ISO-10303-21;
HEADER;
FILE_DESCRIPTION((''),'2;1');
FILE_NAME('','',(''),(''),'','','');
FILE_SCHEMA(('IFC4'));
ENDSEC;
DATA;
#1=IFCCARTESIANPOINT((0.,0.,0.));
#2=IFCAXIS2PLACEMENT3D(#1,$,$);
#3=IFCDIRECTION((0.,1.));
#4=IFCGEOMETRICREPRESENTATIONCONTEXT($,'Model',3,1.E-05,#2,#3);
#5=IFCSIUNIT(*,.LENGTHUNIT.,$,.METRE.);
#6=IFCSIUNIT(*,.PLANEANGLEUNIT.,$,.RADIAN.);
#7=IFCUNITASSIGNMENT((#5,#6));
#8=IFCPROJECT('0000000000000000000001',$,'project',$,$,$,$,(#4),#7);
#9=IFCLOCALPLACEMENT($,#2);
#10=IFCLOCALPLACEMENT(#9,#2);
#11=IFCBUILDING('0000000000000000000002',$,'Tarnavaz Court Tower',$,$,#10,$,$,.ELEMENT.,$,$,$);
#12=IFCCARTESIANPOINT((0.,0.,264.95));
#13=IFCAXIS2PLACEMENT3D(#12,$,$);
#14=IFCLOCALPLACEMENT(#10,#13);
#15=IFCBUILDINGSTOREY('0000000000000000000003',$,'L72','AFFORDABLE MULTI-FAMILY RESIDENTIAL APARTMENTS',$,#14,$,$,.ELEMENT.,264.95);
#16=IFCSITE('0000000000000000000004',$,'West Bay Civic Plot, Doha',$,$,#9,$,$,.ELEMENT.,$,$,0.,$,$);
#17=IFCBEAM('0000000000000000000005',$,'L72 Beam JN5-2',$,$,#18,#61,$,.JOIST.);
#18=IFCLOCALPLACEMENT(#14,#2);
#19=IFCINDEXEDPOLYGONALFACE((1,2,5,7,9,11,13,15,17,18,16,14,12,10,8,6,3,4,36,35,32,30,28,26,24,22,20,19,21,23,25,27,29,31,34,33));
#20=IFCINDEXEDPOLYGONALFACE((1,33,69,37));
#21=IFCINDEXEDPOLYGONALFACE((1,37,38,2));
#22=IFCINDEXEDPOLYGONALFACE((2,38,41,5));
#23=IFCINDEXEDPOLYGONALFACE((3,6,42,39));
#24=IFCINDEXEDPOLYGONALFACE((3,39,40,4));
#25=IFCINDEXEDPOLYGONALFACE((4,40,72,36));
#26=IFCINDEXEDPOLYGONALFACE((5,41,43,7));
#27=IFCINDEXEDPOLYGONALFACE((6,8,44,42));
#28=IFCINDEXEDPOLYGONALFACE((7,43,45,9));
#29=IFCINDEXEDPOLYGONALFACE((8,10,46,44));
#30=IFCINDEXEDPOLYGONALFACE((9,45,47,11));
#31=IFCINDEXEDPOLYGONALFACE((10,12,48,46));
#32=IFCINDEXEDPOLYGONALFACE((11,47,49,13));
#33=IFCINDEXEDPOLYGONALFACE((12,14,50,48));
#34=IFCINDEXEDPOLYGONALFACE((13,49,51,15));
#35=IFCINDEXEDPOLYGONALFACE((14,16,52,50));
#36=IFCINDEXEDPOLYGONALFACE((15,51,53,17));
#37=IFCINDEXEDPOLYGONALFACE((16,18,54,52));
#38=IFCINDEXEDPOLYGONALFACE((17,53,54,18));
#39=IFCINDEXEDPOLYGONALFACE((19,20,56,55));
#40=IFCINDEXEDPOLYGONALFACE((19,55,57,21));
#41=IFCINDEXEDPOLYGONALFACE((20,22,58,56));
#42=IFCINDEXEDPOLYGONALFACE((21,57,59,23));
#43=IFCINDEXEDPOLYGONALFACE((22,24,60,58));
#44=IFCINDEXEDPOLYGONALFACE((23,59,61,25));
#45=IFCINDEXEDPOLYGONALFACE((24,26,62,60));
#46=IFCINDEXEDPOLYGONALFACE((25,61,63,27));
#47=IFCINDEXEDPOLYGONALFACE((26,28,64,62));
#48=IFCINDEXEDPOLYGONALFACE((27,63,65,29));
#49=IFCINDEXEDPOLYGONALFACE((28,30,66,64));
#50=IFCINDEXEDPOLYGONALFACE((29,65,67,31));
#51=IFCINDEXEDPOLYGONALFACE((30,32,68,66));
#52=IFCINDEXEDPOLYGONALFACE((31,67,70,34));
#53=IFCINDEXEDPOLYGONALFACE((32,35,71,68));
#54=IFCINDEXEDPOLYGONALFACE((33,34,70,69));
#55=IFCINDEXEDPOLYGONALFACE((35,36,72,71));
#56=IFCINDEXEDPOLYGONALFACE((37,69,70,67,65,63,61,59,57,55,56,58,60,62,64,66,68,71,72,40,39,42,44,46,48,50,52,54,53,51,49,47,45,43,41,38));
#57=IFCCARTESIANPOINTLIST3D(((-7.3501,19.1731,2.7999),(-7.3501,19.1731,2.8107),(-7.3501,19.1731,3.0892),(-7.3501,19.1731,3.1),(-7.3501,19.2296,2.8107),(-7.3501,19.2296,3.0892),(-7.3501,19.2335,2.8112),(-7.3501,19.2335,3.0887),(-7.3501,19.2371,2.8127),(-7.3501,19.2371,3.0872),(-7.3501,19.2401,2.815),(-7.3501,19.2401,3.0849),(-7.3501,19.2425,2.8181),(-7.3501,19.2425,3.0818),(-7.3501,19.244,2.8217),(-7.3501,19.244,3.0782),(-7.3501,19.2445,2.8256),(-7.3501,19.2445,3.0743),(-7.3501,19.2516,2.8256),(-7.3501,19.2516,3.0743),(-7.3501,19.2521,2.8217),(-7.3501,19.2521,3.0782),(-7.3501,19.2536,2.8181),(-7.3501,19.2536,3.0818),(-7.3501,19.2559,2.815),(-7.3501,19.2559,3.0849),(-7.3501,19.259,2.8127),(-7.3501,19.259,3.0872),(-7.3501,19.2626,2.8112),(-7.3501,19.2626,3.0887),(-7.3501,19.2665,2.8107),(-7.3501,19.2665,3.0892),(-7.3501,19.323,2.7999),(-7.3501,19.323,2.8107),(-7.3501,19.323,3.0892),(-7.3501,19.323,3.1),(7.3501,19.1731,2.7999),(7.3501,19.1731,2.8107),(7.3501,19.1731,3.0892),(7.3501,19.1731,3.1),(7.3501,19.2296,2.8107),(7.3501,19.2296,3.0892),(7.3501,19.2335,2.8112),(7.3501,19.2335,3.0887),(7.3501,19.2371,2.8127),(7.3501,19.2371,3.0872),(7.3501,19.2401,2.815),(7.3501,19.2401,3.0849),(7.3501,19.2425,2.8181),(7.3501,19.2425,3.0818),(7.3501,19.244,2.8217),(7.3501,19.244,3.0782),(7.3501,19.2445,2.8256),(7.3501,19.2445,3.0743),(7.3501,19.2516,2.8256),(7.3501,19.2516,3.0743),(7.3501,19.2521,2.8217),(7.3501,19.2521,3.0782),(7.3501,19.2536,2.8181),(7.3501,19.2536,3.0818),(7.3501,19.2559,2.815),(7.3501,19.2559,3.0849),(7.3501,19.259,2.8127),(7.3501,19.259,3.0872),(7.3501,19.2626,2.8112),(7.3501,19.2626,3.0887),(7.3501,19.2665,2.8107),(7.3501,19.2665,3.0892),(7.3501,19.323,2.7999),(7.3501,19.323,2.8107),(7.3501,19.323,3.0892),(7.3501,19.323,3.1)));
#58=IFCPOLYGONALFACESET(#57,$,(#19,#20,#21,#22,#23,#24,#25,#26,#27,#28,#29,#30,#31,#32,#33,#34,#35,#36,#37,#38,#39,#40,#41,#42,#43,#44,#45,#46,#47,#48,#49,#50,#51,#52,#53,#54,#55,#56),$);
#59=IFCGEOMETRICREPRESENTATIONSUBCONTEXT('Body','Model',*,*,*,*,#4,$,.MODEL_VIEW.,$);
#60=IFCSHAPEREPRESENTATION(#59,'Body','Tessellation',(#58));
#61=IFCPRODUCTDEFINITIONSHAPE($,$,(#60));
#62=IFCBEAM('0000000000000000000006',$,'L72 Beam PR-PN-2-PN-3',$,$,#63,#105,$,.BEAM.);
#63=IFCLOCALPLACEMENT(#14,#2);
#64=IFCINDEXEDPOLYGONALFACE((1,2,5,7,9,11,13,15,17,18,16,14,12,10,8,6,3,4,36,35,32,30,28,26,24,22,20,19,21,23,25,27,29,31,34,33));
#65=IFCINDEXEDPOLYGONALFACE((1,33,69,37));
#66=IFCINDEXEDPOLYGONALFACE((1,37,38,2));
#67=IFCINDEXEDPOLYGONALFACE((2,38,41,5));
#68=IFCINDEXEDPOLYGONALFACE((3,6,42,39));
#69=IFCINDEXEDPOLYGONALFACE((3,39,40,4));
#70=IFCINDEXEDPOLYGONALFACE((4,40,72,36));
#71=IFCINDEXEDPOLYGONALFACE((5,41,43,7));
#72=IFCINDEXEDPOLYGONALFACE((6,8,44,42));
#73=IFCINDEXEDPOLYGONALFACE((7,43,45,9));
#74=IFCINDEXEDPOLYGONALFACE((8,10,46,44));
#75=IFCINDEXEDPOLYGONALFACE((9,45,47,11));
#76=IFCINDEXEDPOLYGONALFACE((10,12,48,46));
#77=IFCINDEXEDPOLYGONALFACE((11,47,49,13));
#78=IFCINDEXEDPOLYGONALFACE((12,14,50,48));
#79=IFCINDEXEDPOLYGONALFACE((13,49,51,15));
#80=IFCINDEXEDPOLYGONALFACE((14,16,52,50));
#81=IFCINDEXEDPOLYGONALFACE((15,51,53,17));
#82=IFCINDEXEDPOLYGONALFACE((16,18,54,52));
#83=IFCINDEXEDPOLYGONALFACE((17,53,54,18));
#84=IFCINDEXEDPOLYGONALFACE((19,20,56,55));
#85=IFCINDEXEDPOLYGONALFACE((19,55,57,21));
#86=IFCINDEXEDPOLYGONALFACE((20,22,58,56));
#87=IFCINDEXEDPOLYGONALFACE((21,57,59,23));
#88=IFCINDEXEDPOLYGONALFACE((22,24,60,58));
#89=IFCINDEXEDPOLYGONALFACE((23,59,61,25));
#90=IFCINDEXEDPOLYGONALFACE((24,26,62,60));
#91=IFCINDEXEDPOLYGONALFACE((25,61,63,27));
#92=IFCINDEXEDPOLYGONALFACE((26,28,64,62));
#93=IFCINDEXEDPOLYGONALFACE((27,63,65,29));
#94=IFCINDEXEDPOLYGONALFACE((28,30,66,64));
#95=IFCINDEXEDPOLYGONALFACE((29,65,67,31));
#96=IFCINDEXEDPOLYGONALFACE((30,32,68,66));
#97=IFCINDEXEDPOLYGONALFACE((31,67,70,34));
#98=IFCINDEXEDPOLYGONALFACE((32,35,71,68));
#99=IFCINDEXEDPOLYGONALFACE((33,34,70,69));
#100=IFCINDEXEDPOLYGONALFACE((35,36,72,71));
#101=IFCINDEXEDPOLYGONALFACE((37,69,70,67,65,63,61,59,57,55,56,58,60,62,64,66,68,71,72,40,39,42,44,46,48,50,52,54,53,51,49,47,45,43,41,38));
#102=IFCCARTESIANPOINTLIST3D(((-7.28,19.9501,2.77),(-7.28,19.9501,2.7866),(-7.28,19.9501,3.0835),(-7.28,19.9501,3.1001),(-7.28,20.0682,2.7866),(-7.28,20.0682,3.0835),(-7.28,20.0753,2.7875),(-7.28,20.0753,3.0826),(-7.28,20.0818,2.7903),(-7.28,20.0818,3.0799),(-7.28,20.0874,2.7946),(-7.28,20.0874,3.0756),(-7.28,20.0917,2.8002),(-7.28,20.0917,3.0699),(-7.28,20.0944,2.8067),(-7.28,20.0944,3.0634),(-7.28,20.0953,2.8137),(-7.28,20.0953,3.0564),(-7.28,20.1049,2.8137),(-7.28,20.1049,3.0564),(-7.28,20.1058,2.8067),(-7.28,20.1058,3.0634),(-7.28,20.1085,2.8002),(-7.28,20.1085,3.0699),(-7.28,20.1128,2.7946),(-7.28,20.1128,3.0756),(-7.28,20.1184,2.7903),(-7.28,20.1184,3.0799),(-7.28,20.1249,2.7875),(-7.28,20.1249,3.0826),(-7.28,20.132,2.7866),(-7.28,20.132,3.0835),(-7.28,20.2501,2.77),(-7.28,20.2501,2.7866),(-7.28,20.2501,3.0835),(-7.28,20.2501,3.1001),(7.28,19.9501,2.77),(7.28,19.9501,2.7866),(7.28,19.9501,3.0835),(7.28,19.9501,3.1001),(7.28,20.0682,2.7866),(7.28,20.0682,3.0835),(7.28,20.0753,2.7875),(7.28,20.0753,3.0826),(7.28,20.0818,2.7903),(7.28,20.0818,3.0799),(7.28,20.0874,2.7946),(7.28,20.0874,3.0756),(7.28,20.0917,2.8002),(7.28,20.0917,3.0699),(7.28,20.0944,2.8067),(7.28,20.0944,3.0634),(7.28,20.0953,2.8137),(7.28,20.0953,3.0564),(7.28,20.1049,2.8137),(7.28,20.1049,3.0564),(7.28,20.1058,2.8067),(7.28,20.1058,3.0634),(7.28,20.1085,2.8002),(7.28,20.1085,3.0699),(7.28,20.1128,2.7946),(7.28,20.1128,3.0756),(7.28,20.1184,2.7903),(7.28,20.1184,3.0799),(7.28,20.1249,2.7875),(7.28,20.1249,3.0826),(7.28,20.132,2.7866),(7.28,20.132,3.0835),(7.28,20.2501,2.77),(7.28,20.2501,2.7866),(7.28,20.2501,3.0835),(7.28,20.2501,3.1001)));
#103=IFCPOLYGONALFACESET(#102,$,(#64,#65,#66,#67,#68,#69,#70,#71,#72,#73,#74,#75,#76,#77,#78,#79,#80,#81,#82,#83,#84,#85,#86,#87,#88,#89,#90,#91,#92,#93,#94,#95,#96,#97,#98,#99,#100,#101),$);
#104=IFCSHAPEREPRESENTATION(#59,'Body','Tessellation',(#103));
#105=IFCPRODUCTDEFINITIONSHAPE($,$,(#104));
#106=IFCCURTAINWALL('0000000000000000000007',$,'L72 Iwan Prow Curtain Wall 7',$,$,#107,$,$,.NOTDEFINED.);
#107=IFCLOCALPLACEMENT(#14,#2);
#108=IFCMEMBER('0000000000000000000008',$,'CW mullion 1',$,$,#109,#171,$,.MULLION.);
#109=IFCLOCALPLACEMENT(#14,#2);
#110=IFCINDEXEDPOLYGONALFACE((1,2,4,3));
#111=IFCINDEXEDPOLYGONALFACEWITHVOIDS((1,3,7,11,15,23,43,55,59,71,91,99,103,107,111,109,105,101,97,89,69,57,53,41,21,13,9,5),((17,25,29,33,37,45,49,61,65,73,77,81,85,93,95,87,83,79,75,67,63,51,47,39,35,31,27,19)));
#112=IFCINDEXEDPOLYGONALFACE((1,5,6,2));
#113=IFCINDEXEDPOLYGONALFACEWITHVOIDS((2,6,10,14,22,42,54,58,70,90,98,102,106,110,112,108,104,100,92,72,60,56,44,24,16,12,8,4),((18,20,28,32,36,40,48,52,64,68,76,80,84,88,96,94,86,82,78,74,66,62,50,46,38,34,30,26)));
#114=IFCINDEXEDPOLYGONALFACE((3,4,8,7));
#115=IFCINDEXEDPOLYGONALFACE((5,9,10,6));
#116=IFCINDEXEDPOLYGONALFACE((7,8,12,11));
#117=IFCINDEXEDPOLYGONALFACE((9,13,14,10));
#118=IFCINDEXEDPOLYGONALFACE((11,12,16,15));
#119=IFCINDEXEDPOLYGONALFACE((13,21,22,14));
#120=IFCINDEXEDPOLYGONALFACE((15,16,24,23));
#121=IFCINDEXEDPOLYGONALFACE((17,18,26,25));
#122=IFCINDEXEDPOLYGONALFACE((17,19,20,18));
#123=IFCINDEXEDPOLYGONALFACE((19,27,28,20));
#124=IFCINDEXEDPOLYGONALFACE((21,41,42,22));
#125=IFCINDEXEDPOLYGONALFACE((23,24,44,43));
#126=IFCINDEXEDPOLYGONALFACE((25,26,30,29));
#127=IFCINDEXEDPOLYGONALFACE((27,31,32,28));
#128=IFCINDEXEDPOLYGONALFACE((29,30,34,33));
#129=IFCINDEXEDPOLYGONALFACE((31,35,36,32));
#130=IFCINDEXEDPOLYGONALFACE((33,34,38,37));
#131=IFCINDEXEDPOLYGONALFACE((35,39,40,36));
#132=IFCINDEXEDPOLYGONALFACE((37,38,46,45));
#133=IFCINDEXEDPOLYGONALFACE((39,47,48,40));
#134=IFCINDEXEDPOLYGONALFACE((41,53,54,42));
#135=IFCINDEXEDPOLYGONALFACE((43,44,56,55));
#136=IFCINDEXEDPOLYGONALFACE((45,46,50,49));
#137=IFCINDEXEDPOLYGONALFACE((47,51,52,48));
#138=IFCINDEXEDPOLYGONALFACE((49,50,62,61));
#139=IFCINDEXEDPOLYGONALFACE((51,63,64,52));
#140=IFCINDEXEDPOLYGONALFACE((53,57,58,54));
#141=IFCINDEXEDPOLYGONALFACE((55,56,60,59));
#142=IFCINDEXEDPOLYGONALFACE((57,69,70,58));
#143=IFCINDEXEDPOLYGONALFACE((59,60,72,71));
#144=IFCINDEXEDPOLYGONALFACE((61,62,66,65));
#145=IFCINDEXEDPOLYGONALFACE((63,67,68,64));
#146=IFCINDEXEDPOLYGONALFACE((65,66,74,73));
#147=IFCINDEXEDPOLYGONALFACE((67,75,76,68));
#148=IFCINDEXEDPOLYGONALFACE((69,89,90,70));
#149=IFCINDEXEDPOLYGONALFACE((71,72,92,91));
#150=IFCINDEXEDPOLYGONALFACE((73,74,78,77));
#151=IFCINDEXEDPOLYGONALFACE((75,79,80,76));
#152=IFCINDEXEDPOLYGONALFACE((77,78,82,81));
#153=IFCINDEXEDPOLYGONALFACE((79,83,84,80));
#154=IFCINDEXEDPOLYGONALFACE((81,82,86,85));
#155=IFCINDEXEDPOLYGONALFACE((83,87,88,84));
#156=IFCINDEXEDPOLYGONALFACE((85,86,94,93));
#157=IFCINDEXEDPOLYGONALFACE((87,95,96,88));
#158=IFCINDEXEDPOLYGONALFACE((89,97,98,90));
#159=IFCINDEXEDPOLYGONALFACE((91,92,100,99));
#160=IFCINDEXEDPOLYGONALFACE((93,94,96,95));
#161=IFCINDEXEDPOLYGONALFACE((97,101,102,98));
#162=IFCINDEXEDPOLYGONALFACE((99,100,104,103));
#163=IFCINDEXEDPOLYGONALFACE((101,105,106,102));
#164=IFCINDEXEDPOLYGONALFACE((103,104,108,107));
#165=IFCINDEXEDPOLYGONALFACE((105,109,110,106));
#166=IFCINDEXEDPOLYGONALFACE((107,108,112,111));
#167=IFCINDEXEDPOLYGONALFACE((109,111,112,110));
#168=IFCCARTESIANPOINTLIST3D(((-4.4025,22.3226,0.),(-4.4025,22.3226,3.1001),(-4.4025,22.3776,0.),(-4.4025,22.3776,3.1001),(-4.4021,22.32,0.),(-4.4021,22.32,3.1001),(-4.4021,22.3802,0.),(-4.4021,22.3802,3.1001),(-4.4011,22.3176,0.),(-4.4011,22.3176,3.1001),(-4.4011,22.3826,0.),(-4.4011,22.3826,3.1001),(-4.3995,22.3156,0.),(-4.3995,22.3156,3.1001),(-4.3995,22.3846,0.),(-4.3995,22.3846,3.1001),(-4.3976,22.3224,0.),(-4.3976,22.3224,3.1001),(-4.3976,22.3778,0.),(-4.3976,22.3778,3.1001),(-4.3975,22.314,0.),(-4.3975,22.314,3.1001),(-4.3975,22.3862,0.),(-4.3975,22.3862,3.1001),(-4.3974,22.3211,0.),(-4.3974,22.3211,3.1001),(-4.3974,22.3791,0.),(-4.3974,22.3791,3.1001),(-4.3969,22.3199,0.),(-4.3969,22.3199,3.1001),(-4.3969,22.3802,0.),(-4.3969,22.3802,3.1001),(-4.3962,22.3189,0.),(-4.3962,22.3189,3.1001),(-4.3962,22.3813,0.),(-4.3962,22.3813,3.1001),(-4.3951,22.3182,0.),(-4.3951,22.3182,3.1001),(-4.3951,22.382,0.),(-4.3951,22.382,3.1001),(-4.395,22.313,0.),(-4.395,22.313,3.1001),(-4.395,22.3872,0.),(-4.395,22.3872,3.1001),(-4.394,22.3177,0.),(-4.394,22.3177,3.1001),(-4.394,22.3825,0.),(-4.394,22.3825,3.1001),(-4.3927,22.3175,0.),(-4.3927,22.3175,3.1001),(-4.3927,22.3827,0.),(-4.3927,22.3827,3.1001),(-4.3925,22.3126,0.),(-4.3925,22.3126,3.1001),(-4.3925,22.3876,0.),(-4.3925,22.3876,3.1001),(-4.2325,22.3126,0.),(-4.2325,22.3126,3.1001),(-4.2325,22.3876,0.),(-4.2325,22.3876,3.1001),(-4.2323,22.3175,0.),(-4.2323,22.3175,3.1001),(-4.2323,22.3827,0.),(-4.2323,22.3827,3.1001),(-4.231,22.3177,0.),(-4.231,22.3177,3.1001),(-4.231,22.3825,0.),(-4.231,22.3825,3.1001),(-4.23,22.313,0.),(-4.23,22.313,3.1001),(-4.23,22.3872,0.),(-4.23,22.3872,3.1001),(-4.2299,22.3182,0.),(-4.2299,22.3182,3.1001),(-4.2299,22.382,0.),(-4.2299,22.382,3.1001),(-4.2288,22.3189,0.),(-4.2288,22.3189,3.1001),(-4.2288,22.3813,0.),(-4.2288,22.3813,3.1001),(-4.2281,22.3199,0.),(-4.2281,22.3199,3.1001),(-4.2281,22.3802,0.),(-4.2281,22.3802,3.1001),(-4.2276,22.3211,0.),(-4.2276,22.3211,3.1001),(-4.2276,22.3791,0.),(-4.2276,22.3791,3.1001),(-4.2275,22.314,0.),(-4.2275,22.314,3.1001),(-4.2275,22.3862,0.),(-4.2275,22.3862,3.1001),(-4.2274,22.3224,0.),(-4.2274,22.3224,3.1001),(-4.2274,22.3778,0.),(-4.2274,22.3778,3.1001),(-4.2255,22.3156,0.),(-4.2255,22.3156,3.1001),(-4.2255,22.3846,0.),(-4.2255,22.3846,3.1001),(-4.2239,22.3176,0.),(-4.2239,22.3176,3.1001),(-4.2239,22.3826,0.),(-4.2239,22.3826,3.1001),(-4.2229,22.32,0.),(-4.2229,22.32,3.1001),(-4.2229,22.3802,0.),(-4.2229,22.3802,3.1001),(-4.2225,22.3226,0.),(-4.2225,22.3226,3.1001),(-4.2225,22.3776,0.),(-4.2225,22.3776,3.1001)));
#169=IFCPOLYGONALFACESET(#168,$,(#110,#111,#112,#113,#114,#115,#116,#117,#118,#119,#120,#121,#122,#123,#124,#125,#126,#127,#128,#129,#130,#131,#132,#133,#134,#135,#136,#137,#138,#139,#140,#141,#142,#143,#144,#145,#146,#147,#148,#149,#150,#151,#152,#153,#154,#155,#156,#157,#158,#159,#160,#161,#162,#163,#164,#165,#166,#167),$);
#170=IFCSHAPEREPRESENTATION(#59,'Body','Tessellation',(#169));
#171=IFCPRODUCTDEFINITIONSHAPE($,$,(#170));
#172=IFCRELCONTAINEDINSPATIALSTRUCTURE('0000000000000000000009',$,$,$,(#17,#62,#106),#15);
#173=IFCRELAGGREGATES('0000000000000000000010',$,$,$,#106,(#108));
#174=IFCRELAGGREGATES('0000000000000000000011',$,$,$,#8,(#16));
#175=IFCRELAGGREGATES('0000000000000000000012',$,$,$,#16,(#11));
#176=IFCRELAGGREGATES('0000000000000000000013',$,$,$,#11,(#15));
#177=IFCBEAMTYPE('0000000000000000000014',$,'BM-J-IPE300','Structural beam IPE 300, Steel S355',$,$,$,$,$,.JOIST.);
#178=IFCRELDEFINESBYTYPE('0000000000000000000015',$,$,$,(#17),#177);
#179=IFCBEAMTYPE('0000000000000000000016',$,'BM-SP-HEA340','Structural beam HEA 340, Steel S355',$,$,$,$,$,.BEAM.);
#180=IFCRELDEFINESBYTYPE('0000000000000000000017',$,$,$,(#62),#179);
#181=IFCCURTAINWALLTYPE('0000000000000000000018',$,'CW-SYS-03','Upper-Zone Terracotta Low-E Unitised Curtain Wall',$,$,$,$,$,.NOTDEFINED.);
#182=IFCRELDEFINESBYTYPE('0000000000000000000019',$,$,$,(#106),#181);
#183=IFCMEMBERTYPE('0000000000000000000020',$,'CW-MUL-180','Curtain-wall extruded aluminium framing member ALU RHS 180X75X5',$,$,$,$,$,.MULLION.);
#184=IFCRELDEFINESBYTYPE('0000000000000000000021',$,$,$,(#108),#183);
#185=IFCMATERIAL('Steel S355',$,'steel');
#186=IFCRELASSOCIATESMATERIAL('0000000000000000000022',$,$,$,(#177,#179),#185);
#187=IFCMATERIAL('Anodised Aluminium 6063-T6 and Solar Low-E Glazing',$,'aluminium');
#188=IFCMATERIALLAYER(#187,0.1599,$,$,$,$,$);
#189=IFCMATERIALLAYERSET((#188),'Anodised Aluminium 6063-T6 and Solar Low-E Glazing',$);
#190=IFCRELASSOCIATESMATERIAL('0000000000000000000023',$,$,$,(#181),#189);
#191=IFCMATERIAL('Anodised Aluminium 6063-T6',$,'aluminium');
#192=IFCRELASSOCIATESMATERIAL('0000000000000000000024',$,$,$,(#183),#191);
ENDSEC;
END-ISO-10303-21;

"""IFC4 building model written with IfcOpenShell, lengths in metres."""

from ifc_helpers import new_model, si_unit, direction, frame, origin, origin_2d, place, context, subcontext, project, spatial, hollow_rectangle, i_section, extrude, material, layer, layer_set, material_profile, profile_set, type_object, element, aggregate, save


model = new_model("IFC4")

# Units and contexts
model_context = context("Model", 3, precision=1e-05, world=origin(), true_north=direction((0.0, 1.0)))
body_context = subcontext(model_context, "Body", "Model", "MODEL_VIEW")
ifc_project = project(units=[si_unit("LENGTHUNIT", "METRE"), si_unit("PLANEANGLEUNIT", "RADIAN")], contexts=[model_context])

# Site, building, storey
site_placement = place(None, origin())
site = spatial("IfcSite", under=ifc_project, at=site_placement, Name="West Bay Civic Plot, Doha", CompositionType="ELEMENT", RefElevation=0.0)
building_placement = place(site_placement, origin())
building = spatial("IfcBuilding", under=site, at=building_placement, Name="Tarnavaz Court Tower", CompositionType="ELEMENT")
storey_placement = place(building_placement, frame((0.0, 0.0, 264.95)))
storey = spatial("IfcBuildingStorey", under=building, at=storey_placement, Name="L72", Description="AFFORDABLE MULTI-FAMILY RESIDENTIAL APARTMENTS", CompositionType="ELEMENT", Elevation=264.95)

# Beams
ifc_material_1 = material(Name="Steel S355", Category="steel")
ifc_material_profile_1 = material_profile(ifc_material_1, i_section(OverallWidth=0.1499, OverallDepth=0.3, WebThickness=0.0071, FlangeThickness=0.0107, FilletRadius=0.0149, at=origin_2d()), Name="IPE 300")
ifc_profile_set_1 = profile_set([ifc_material_profile_1], Name="Steel S355")
beam_type_1 = type_object("IfcBeamType", Name="BM-J-IPE300", Description="Structural beam IPE 300, Steel S355", PredefinedType="JOIST", material=ifc_profile_set_1)
for number, where, z_axis, x_axis, name in (
    (1, (-7.3501, 19.248, 2.95), (1.0, 0.0, 0.0), (0.0, 1.0, 0.0), "L72 Beam JN5-2"),
):
    element("IfcBeam", number, at=place(storey_placement, frame(where, z_axis=z_axis, x_axis=x_axis)), inside=storey, type_object=beam_type_1, Name=name, PredefinedType="JOIST", context=body_context, shape_type="SweptSolid", body=[
        extrude(i_section(OverallWidth=0.1499, OverallDepth=0.3, WebThickness=0.0071, FlangeThickness=0.0107, FilletRadius=0.0149, at=origin_2d()), origin(), (0.0, 0.0, 1.0), 14.7002),
    ])
ifc_material_profile_2 = material_profile(ifc_material_1, i_section(OverallWidth=0.3, OverallDepth=0.3301, WebThickness=0.0095, FlangeThickness=0.0166, FilletRadius=0.0271, at=origin_2d()), Name="HEA 340")
ifc_profile_set_2 = profile_set([ifc_material_profile_2], Name="Steel S355")
beam_type_2 = type_object("IfcBeamType", Name="BM-SP-HEA340", Description="Structural beam HEA 340, Steel S355", PredefinedType="BEAM", material=ifc_profile_set_2)
beam_placement = place(storey_placement, frame((-7.28, 20.1001, 2.9351), z_axis=(1.0, 0.0, 0.0), x_axis=(0.0, 1.0, 0.0)))
element("IfcBeam", 2, at=beam_placement, inside=storey, type_object=beam_type_2, Name="L72 Beam PR-PN-2-PN-3", PredefinedType="BEAM", context=body_context, shape_type="SweptSolid", body=[
    extrude(i_section(OverallWidth=0.3, OverallDepth=0.3301, WebThickness=0.0095, FlangeThickness=0.0166, FilletRadius=0.0271, at=origin_2d()), origin(), (0.0, 0.0, 1.0), 14.5601),
])

# Curtain wall, member
ifc_material_2 = material(Name="Anodised Aluminium 6063-T6 and Solar Low-E Glazing", Category="aluminium")
ifc_layer_1 = layer(ifc_material_2, 0.1599)
ifc_layer_set_1 = layer_set([ifc_layer_1], Name="Anodised Aluminium 6063-T6 and Solar Low-E Glazing")
curtain_wall_type = type_object("IfcCurtainWallType", Name="CW-SYS-03", Description="Upper-Zone Terracotta Low-E Unitised Curtain Wall", PredefinedType="NOTDEFINED", material=ifc_layer_set_1)
curtain_wall_placement = place(storey_placement, origin())
curtain_wall = element("IfcCurtainWall", 3, at=curtain_wall_placement, inside=storey, type_object=curtain_wall_type, Name="L72 Iwan Prow Curtain Wall 7", PredefinedType="NOTDEFINED")
ifc_material_3 = material(Name="Anodised Aluminium 6063-T6", Category="aluminium")
ifc_material_profile_3 = material_profile(ifc_material_3, hollow_rectangle(XDim=0.075, YDim=0.1799, WallThickness=0.0049, InnerFilletRadius=0.0049, OuterFilletRadius=0.01, at=origin_2d()), Name="ALU RHS 180X75X5")
ifc_profile_set_3 = profile_set([ifc_material_profile_3], Name="Anodised Aluminium 6063-T6")
member_type_1 = type_object("IfcMemberType", Name="CW-MUL-180", Description="Curtain-wall extruded aluminium framing member ALU RHS 180X75X5", PredefinedType="MULLION", material=ifc_profile_set_3)
member_1_placement = place(storey_placement, frame((-4.3125, 22.3501, 0.0), z_axis=(0.0, 0.0, 1.0), x_axis=(0.0, 1.0, 0.0)))
member_1 = element("IfcMember", 4, at=member_1_placement, type_object=member_type_1, Name="CW mullion 1", PredefinedType="MULLION", context=body_context, shape_type="SweptSolid", body=[
    extrude(hollow_rectangle(XDim=0.075, YDim=0.1799, WallThickness=0.0049, InnerFilletRadius=0.0049, OuterFilletRadius=0.01, at=origin_2d()), origin(), (0.0, 0.0, 1.0), 3.1001),
])
aggregate(curtain_wall, [member_1])

save(model, "model.ifc")
